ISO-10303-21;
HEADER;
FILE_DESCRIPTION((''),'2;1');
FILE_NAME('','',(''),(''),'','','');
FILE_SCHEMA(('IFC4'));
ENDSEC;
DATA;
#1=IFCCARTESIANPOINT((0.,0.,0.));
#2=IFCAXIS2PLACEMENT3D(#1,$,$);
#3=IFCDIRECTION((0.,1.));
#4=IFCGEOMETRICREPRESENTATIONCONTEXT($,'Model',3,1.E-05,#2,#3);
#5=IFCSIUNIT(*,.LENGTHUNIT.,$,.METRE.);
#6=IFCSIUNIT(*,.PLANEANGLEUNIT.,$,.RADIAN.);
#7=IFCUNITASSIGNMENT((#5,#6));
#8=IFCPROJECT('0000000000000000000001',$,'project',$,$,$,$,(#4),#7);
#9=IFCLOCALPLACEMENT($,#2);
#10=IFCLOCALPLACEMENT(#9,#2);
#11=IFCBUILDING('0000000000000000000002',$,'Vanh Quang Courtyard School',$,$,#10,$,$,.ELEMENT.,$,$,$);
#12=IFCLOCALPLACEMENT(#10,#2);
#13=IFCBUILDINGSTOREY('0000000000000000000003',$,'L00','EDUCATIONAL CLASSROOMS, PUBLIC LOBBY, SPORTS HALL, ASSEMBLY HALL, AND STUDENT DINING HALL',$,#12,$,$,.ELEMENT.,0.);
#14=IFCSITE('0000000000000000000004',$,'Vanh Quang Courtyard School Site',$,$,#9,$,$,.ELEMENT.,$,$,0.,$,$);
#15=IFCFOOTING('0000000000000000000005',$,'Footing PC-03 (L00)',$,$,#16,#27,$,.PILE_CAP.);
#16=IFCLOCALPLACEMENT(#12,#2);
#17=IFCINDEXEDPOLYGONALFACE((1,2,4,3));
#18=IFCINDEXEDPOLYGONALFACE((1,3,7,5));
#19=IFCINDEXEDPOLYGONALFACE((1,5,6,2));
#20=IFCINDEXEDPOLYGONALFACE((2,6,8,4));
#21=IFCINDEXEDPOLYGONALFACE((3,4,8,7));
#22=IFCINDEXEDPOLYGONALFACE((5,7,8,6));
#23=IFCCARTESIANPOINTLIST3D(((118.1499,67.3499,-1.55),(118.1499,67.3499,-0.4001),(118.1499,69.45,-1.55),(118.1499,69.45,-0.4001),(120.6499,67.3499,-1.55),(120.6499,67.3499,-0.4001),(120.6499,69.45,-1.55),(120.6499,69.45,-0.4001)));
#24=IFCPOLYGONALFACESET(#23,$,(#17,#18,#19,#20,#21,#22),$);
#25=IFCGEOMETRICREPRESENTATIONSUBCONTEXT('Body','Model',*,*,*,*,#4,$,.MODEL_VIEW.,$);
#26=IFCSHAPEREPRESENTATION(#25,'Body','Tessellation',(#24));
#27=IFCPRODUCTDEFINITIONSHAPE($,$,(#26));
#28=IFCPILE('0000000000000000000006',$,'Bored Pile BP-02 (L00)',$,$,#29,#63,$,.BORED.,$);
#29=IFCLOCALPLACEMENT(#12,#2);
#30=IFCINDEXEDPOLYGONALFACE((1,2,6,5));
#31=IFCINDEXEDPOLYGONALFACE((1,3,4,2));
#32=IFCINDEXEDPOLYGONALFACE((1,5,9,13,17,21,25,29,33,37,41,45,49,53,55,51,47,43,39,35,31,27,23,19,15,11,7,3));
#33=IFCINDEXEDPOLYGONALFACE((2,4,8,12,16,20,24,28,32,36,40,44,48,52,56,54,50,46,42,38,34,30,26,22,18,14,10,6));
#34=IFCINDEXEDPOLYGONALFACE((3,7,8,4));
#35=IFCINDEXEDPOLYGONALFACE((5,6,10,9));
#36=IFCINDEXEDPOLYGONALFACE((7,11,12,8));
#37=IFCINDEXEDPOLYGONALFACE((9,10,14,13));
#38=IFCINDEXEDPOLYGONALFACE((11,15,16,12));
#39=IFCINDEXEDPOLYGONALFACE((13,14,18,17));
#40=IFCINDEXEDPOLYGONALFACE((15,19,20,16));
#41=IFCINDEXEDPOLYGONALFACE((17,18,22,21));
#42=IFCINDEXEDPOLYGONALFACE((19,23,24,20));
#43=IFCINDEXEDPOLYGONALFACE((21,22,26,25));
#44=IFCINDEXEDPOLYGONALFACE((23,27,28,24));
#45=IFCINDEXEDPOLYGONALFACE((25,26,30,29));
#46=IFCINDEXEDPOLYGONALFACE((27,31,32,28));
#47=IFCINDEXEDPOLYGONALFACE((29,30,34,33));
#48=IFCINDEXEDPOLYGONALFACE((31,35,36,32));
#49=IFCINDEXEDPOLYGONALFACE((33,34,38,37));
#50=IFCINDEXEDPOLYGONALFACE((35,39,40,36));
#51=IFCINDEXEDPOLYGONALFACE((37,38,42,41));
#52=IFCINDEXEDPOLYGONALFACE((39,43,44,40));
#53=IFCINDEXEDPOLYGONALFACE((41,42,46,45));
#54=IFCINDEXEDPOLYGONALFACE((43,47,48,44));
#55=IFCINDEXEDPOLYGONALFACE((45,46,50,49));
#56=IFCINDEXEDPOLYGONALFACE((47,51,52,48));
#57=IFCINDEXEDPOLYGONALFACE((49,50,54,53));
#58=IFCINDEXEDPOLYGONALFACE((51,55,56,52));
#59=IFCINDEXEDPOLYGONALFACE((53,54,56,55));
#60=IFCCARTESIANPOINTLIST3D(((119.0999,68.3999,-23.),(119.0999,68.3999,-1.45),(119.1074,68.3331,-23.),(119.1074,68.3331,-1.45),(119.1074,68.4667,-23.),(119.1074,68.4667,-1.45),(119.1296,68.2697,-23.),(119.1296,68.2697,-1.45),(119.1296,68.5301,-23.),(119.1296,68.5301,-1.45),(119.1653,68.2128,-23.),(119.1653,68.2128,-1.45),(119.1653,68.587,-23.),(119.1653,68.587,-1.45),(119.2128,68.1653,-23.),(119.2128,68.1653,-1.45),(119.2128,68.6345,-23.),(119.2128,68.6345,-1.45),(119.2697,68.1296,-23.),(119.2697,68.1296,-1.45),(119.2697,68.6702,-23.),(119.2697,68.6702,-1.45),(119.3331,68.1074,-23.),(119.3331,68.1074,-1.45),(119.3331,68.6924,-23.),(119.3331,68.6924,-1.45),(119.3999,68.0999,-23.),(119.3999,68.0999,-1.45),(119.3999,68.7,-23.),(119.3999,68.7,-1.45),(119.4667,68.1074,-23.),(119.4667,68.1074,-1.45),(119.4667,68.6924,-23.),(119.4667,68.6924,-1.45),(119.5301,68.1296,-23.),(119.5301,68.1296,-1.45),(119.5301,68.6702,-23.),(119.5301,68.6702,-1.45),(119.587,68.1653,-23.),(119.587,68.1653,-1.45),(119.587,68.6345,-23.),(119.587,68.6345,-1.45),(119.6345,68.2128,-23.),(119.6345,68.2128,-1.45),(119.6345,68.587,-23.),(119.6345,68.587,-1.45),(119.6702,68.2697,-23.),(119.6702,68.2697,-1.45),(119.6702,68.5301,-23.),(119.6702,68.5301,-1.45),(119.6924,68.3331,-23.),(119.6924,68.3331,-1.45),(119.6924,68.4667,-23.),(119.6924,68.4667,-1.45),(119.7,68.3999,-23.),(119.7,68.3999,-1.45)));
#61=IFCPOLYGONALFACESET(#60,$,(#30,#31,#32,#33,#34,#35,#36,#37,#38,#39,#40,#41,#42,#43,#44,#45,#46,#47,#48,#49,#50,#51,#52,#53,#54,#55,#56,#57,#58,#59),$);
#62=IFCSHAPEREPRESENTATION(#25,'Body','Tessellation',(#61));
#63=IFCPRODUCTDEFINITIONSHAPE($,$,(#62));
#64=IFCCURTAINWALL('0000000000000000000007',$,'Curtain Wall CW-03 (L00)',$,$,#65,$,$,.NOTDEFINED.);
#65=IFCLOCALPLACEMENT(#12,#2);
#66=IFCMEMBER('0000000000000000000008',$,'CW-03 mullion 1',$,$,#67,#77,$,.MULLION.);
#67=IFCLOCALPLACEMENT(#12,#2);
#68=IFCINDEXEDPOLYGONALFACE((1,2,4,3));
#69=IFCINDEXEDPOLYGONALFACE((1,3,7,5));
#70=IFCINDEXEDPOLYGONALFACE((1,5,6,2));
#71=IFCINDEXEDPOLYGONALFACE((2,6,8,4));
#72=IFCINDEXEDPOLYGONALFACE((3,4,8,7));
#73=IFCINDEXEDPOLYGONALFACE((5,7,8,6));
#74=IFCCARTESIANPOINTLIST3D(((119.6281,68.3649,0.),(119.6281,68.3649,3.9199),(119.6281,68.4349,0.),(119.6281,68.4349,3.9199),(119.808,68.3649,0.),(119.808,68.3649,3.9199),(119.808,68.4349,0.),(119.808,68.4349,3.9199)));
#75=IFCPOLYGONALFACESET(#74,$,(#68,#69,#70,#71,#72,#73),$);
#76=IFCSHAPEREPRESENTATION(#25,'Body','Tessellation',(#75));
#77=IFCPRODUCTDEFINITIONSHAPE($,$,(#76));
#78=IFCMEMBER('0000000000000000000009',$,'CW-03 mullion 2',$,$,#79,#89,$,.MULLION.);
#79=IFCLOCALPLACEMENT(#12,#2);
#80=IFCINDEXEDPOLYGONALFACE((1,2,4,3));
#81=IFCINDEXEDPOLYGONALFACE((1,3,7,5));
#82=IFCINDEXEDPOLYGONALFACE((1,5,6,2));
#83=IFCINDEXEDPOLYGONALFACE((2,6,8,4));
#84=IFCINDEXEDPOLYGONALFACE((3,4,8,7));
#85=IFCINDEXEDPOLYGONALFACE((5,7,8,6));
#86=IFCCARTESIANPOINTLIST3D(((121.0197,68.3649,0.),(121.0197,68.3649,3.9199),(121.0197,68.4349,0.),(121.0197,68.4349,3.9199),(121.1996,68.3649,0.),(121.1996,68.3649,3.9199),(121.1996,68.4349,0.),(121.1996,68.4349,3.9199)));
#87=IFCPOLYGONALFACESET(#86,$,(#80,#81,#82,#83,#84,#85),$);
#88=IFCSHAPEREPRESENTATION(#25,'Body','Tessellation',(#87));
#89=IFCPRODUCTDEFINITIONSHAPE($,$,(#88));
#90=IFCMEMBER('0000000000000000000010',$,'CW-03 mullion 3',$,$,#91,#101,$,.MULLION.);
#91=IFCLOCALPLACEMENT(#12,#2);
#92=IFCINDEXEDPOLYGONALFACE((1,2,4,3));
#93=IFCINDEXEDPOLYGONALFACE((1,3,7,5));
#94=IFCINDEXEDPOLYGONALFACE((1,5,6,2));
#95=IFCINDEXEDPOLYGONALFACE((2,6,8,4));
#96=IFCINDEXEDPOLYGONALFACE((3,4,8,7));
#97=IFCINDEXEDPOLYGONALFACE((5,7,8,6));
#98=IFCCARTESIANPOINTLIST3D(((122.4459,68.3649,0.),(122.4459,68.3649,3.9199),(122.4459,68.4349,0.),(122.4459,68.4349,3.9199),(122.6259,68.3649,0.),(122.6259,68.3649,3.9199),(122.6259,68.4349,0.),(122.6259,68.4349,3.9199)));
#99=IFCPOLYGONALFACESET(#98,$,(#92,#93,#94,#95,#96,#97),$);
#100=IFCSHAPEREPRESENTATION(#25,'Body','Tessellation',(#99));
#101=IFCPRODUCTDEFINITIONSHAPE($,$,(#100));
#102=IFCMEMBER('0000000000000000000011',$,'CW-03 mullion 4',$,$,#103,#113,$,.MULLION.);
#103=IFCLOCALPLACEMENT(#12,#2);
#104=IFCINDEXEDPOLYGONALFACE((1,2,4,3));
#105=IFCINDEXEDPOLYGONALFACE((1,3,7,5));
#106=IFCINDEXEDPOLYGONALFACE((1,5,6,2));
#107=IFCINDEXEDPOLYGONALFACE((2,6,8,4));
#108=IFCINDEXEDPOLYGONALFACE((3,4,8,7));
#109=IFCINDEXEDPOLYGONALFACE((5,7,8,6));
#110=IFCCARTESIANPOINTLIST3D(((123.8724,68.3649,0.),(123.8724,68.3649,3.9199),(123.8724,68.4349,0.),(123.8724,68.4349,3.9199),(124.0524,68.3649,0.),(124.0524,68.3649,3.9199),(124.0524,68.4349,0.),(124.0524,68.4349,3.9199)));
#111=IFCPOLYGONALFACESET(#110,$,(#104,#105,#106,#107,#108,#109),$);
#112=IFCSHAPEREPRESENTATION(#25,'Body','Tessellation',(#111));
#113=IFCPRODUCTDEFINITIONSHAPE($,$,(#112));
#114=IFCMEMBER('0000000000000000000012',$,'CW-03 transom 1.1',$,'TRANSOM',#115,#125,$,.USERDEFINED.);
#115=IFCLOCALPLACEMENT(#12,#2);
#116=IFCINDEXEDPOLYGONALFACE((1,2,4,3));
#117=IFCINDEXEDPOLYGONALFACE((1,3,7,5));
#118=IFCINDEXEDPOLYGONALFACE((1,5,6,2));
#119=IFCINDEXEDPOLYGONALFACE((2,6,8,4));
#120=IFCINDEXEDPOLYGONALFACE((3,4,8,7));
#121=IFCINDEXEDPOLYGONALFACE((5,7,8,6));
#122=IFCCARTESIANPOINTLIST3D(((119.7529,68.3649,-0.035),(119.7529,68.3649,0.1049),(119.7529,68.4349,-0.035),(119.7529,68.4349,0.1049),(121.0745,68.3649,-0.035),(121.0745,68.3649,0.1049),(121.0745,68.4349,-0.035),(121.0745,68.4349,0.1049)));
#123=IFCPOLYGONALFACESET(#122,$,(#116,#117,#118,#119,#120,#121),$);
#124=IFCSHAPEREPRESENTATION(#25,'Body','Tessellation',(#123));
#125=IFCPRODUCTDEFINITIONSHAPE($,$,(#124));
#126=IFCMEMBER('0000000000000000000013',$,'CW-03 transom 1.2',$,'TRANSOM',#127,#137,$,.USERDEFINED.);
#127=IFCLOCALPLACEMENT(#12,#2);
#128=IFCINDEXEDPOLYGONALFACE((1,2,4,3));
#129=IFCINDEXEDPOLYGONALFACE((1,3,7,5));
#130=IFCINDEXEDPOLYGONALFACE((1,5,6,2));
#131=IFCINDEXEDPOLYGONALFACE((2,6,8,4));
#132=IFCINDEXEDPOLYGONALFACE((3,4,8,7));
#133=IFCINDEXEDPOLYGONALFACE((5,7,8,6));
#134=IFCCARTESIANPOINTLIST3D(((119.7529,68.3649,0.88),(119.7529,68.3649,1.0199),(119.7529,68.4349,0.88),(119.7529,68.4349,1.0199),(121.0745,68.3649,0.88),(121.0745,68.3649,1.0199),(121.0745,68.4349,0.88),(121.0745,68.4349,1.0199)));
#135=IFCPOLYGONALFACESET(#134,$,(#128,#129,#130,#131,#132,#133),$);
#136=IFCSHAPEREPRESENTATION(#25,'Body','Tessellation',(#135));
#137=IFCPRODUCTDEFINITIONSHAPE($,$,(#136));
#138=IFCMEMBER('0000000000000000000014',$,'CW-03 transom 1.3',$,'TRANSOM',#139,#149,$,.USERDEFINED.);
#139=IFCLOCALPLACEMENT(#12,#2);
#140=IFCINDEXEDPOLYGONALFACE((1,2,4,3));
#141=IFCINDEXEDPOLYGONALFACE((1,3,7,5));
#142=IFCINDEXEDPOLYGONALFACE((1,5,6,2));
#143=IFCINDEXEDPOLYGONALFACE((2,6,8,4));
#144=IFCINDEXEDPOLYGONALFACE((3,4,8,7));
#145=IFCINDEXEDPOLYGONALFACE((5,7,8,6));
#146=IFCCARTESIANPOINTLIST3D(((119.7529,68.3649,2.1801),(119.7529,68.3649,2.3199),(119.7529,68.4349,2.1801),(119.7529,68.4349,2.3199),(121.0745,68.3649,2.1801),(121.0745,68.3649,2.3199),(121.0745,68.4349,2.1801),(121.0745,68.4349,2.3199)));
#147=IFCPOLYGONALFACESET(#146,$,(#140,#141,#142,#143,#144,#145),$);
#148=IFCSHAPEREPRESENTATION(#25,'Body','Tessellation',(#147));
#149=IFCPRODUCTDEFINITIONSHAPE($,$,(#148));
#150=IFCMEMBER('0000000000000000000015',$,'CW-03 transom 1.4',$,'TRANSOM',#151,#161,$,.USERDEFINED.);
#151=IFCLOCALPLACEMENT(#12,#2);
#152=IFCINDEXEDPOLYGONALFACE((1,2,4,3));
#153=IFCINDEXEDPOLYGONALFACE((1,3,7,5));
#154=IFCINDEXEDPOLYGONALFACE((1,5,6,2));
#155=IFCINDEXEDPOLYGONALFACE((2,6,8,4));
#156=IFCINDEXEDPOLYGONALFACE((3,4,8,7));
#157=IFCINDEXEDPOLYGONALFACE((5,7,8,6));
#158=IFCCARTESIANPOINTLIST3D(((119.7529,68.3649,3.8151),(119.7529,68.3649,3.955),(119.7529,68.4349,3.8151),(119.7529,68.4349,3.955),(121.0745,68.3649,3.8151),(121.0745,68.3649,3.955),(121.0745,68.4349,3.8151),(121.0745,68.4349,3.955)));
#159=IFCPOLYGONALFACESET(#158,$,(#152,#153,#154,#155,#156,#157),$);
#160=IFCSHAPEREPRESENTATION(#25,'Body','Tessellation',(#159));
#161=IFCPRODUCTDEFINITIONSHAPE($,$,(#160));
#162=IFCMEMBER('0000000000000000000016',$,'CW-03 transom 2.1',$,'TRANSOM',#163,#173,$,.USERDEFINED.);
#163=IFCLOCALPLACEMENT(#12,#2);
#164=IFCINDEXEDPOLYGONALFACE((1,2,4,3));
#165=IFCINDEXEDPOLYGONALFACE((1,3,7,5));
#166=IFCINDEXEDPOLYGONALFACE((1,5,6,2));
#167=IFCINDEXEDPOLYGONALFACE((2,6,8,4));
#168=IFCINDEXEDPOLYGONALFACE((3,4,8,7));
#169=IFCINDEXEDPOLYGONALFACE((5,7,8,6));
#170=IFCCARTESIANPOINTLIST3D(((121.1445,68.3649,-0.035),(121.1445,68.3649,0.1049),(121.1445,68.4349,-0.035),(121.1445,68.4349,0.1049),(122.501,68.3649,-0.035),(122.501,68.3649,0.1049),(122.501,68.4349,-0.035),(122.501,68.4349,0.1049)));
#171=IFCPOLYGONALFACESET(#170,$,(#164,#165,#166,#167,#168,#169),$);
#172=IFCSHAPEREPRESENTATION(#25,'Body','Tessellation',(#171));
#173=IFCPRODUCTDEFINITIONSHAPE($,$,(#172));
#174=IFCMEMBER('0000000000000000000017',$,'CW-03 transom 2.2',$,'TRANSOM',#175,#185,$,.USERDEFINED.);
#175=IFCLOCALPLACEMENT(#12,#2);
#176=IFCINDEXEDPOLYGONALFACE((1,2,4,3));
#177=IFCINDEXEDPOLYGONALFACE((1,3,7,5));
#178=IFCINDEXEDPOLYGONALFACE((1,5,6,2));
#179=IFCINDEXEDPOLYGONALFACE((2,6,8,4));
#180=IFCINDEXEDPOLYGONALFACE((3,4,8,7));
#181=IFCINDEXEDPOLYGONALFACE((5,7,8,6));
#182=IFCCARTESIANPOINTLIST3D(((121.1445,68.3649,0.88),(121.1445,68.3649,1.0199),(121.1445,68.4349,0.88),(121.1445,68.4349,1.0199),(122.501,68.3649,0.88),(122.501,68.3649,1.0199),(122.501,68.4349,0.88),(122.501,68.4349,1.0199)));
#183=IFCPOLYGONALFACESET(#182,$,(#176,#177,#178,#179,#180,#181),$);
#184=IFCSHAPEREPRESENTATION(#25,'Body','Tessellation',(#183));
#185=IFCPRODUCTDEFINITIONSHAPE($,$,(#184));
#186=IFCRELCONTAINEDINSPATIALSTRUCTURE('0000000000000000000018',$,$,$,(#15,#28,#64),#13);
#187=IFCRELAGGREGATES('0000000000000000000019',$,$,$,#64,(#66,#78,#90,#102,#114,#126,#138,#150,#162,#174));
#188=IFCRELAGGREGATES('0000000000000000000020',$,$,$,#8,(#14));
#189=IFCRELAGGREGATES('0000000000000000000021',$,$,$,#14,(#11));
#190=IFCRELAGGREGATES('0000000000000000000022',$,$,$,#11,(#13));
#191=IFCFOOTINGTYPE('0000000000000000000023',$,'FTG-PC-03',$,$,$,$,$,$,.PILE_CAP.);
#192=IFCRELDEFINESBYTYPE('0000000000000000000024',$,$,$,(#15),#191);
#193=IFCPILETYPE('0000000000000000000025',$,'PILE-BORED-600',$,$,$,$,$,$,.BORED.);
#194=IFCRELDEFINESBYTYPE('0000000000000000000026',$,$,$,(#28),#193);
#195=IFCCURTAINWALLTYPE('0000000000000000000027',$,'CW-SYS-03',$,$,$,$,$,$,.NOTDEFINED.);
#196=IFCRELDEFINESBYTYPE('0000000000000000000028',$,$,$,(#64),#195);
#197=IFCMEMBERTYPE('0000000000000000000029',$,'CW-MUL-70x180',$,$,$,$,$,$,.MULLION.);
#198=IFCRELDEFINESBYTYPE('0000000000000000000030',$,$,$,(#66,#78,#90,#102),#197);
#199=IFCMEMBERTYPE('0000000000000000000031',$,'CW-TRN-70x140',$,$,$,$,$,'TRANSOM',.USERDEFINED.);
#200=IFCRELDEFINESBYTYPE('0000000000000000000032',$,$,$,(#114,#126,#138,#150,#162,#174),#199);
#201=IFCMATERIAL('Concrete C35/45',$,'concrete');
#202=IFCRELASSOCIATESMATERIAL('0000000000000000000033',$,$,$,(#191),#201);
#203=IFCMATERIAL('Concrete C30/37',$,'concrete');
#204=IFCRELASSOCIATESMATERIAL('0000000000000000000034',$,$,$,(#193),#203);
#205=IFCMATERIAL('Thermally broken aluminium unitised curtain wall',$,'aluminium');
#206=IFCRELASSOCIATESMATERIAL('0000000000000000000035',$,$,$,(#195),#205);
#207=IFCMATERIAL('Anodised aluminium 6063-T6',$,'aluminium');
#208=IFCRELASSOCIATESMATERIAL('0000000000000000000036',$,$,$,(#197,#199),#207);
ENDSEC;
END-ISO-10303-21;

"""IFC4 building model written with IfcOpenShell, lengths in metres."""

from ifc_helpers import new_model, si_unit, direction, frame, origin, origin_2d, place, context, subcontext, project, spatial, rectangle, circle, extrude, material, material_profile, profile_set, type_object, element, aggregate, save


model = new_model("IFC4")

# Units and contexts
model_context = context("Model", 3, precision=1e-05, world=origin(), true_north=direction((0.0, 1.0)))
body_context = subcontext(model_context, "Body", "Model", "MODEL_VIEW")
ifc_project = project(units=[si_unit("LENGTHUNIT", "METRE"), si_unit("PLANEANGLEUNIT", "RADIAN")], contexts=[model_context])

# Site, building, storey
site_placement = place(None, origin())
site = spatial("IfcSite", under=ifc_project, at=site_placement, Name="Vanh Quang Courtyard School Site", CompositionType="ELEMENT", RefElevation=0.0)
building_placement = place(site_placement, origin())
building = spatial("IfcBuilding", under=site, at=building_placement, Name="Vanh Quang Courtyard School", CompositionType="ELEMENT")
storey_placement = place(building_placement, origin())
storey = spatial("IfcBuildingStorey", under=building, at=storey_placement, Name="L00", Description="EDUCATIONAL CLASSROOMS, PUBLIC LOBBY, SPORTS HALL, ASSEMBLY HALL, AND STUDENT DINING HALL", CompositionType="ELEMENT", Elevation=0.0)

# Footing
ifc_material_1 = material(Name="Concrete C35/45", Category="concrete")
footing_type = type_object("IfcFootingType", Name="FTG-PC-03", PredefinedType="PILE_CAP", material=ifc_material_1)
footing_placement = place(storey_placement, frame((119.3999, 68.3999, -1.55), z_axis=(0.0, 0.0, 1.0), x_axis=(1.0, 0.0, 0.0)))
element("IfcFooting", 1, at=footing_placement, inside=storey, type_object=footing_type, Name="Footing PC-03 (L00)", PredefinedType="PILE_CAP", context=body_context, shape_type="SweptSolid", body=[
    extrude(rectangle(XDim=2.5, YDim=2.1001, at=origin_2d()), origin(), (0.0, 0.0, 1.0), 1.1499),
])

# Pile
ifc_material_2 = material(Name="Concrete C30/37", Category="concrete")
ifc_material_profile_1 = material_profile(ifc_material_2, circle(Radius=0.3, at=origin_2d()), Name="PILE D600")
ifc_profile_set_1 = profile_set([ifc_material_profile_1], Name="Concrete C30/37")
pile_type = type_object("IfcPileType", Name="PILE-BORED-600", PredefinedType="BORED", material=ifc_profile_set_1)
pile_placement = place(storey_placement, frame((119.3999, 68.3999, -1.45), z_axis=(0.0, 0.0, -1.0), x_axis=(1.0, 0.0, 0.0)))
element("IfcPile", 2, at=pile_placement, inside=storey, type_object=pile_type, Name="Bored Pile BP-02 (L00)", PredefinedType="BORED", context=body_context, shape_type="SweptSolid", body=[
    extrude(circle(Radius=0.3, at=origin_2d()), origin(), (0.0, 0.0, 1.0), 21.55),
])

# Curtain wall, members
ifc_material_3 = material(Name="Thermally broken aluminium unitised curtain wall", Category="aluminium")
curtain_wall_type = type_object("IfcCurtainWallType", Name="CW-SYS-03", PredefinedType="NOTDEFINED", material=ifc_material_3)
curtain_wall_placement = place(storey_placement, origin())
curtain_wall = element("IfcCurtainWall", 3, at=curtain_wall_placement, inside=storey, type_object=curtain_wall_type, Name="Curtain Wall CW-03 (L00)", PredefinedType="NOTDEFINED")
ifc_material_4 = material(Name="Anodised aluminium 6063-T6", Category="aluminium")
ifc_material_profile_2 = material_profile(ifc_material_4, rectangle(XDim=0.0701, YDim=0.1799, at=origin_2d()), Name="ALU-MUL 70x180")
ifc_profile_set_2 = profile_set([ifc_material_profile_2], Name="Anodised aluminium 6063-T6")
member_type_1 = type_object("IfcMemberType", Name="CW-MUL-70x180", PredefinedType="MULLION", material=ifc_profile_set_2)
member_1_placement = place(storey_placement, frame((119.718, 68.3999, 0.0), z_axis=(0.0, 0.0, 1.0), x_axis=(0.0, 1.0, 0.0)))
member_1 = element("IfcMember", 4, at=member_1_placement, type_object=member_type_1, Name="CW-03 mullion 1", PredefinedType="MULLION", context=body_context, shape_type="SweptSolid", body=[
    extrude(rectangle(XDim=0.0701, YDim=0.1799, at=origin_2d()), origin(), (0.0, 0.0, 1.0), 3.9199),
])
member_2_placement = place(storey_placement, frame((121.1096, 68.3999, 0.0), z_axis=(0.0, 0.0, 1.0), x_axis=(0.0, 1.0, 0.0)))
member_2 = element("IfcMember", 5, at=member_2_placement, type_object=member_type_1, Name="CW-03 mullion 2", PredefinedType="MULLION", context=body_context, shape_type="SweptSolid", body=[
    extrude(rectangle(XDim=0.0701, YDim=0.1799, at=origin_2d()), origin(), (0.0, 0.0, 1.0), 3.9199),
])
member_3_placement = place(storey_placement, frame((122.5359, 68.3999, 0.0), z_axis=(0.0, 0.0, 1.0), x_axis=(0.0, 1.0, 0.0)))
member_3 = element("IfcMember", 6, at=member_3_placement, type_object=member_type_1, Name="CW-03 mullion 3", PredefinedType="MULLION", context=body_context, shape_type="SweptSolid", body=[
    extrude(rectangle(XDim=0.0701, YDim=0.1799, at=origin_2d()), origin(), (0.0, 0.0, 1.0), 3.9199),
])
member_4_placement = place(storey_placement, frame((123.9624, 68.3999, 0.0), z_axis=(0.0, 0.0, 1.0), x_axis=(0.0, 1.0, 0.0)))
member_4 = element("IfcMember", 7, at=member_4_placement, type_object=member_type_1, Name="CW-03 mullion 4", PredefinedType="MULLION", context=body_context, shape_type="SweptSolid", body=[
    extrude(rectangle(XDim=0.0701, YDim=0.1799, at=origin_2d()), origin(), (0.0, 0.0, 1.0), 3.9199),
])
ifc_material_profile_3 = material_profile(ifc_material_4, rectangle(XDim=0.0701, YDim=0.1399, at=origin_2d()), Name="ALU-TRN 70x140")
ifc_profile_set_3 = profile_set([ifc_material_profile_3], Name="Anodised aluminium 6063-T6")
member_type_2 = type_object("IfcMemberType", Name="CW-TRN-70x140", ElementType="TRANSOM", PredefinedType="USERDEFINED", material=ifc_profile_set_3)
member_5_placement = place(storey_placement, frame((119.7529, 68.3999, 0.0349), z_axis=(1.0, 0.0, 0.0), x_axis=(0.0, 1.0, 0.0)))
member_5 = element("IfcMember", 8, at=member_5_placement, type_object=member_type_2, Name="CW-03 transom 1.1", ObjectType="TRANSOM", PredefinedType="USERDEFINED", context=body_context, shape_type="SweptSolid", body=[
    extrude(rectangle(XDim=0.0701, YDim=0.1399, at=origin_2d()), origin(), (0.0, 0.0, 1.0), 1.3215),
])
member_6_placement = place(storey_placement, frame((119.7529, 68.3999, 0.95), z_axis=(1.0, 0.0, 0.0), x_axis=(0.0, 1.0, 0.0)))
member_6 = element("IfcMember", 9, at=member_6_placement, type_object=member_type_2, Name="CW-03 transom 1.2", ObjectType="TRANSOM", PredefinedType="USERDEFINED", context=body_context, shape_type="SweptSolid", body=[
    extrude(rectangle(XDim=0.0701, YDim=0.1399, at=origin_2d()), origin(), (0.0, 0.0, 1.0), 1.3215),
])
member_7_placement = place(storey_placement, frame((119.7529, 68.3999, 2.25), z_axis=(1.0, 0.0, 0.0), x_axis=(0.0, 1.0, 0.0)))
member_7 = element("IfcMember", 10, at=member_7_placement, type_object=member_type_2, Name="CW-03 transom 1.3", ObjectType="TRANSOM", PredefinedType="USERDEFINED", context=body_context, shape_type="SweptSolid", body=[
    extrude(rectangle(XDim=0.0701, YDim=0.1399, at=origin_2d()), origin(), (0.0, 0.0, 1.0), 1.3215),
])
member_8_placement = place(storey_placement, frame((119.7529, 68.3999, 3.885), z_axis=(1.0, 0.0, 0.0), x_axis=(0.0, 1.0, 0.0)))
member_8 = element("IfcMember", 11, at=member_8_placement, type_object=member_type_2, Name="CW-03 transom 1.4", ObjectType="TRANSOM", PredefinedType="USERDEFINED", context=body_context, shape_type="SweptSolid", body=[
    extrude(rectangle(XDim=0.0701, YDim=0.1399, at=origin_2d()), origin(), (0.0, 0.0, 1.0), 1.3215),
])
member_9_placement = place(storey_placement, frame((121.1445, 68.3999, 0.0349), z_axis=(1.0, 0.0, 0.0), x_axis=(0.0, 1.0, 0.0)))
member_9 = element("IfcMember", 12, at=member_9_placement, type_object=member_type_2, Name="CW-03 transom 2.1", ObjectType="TRANSOM", PredefinedType="USERDEFINED", context=body_context, shape_type="SweptSolid", body=[
    extrude(rectangle(XDim=0.0701, YDim=0.1399, at=origin_2d()), origin(), (0.0, 0.0, 1.0), 1.3564),
])
member_10_placement = place(storey_placement, frame((121.1445, 68.3999, 0.95), z_axis=(1.0, 0.0, 0.0), x_axis=(0.0, 1.0, 0.0)))
member_10 = element("IfcMember", 13, at=member_10_placement, type_object=member_type_2, Name="CW-03 transom 2.2", ObjectType="TRANSOM", PredefinedType="USERDEFINED", context=body_context, shape_type="SweptSolid", body=[
    extrude(rectangle(XDim=0.0701, YDim=0.1399, at=origin_2d()), origin(), (0.0, 0.0, 1.0), 1.3564),
])
aggregate(curtain_wall, [member_1, member_2, member_3, member_4, member_5, member_6, member_7, member_8, member_9, member_10])

save(model, "model.ifc")
